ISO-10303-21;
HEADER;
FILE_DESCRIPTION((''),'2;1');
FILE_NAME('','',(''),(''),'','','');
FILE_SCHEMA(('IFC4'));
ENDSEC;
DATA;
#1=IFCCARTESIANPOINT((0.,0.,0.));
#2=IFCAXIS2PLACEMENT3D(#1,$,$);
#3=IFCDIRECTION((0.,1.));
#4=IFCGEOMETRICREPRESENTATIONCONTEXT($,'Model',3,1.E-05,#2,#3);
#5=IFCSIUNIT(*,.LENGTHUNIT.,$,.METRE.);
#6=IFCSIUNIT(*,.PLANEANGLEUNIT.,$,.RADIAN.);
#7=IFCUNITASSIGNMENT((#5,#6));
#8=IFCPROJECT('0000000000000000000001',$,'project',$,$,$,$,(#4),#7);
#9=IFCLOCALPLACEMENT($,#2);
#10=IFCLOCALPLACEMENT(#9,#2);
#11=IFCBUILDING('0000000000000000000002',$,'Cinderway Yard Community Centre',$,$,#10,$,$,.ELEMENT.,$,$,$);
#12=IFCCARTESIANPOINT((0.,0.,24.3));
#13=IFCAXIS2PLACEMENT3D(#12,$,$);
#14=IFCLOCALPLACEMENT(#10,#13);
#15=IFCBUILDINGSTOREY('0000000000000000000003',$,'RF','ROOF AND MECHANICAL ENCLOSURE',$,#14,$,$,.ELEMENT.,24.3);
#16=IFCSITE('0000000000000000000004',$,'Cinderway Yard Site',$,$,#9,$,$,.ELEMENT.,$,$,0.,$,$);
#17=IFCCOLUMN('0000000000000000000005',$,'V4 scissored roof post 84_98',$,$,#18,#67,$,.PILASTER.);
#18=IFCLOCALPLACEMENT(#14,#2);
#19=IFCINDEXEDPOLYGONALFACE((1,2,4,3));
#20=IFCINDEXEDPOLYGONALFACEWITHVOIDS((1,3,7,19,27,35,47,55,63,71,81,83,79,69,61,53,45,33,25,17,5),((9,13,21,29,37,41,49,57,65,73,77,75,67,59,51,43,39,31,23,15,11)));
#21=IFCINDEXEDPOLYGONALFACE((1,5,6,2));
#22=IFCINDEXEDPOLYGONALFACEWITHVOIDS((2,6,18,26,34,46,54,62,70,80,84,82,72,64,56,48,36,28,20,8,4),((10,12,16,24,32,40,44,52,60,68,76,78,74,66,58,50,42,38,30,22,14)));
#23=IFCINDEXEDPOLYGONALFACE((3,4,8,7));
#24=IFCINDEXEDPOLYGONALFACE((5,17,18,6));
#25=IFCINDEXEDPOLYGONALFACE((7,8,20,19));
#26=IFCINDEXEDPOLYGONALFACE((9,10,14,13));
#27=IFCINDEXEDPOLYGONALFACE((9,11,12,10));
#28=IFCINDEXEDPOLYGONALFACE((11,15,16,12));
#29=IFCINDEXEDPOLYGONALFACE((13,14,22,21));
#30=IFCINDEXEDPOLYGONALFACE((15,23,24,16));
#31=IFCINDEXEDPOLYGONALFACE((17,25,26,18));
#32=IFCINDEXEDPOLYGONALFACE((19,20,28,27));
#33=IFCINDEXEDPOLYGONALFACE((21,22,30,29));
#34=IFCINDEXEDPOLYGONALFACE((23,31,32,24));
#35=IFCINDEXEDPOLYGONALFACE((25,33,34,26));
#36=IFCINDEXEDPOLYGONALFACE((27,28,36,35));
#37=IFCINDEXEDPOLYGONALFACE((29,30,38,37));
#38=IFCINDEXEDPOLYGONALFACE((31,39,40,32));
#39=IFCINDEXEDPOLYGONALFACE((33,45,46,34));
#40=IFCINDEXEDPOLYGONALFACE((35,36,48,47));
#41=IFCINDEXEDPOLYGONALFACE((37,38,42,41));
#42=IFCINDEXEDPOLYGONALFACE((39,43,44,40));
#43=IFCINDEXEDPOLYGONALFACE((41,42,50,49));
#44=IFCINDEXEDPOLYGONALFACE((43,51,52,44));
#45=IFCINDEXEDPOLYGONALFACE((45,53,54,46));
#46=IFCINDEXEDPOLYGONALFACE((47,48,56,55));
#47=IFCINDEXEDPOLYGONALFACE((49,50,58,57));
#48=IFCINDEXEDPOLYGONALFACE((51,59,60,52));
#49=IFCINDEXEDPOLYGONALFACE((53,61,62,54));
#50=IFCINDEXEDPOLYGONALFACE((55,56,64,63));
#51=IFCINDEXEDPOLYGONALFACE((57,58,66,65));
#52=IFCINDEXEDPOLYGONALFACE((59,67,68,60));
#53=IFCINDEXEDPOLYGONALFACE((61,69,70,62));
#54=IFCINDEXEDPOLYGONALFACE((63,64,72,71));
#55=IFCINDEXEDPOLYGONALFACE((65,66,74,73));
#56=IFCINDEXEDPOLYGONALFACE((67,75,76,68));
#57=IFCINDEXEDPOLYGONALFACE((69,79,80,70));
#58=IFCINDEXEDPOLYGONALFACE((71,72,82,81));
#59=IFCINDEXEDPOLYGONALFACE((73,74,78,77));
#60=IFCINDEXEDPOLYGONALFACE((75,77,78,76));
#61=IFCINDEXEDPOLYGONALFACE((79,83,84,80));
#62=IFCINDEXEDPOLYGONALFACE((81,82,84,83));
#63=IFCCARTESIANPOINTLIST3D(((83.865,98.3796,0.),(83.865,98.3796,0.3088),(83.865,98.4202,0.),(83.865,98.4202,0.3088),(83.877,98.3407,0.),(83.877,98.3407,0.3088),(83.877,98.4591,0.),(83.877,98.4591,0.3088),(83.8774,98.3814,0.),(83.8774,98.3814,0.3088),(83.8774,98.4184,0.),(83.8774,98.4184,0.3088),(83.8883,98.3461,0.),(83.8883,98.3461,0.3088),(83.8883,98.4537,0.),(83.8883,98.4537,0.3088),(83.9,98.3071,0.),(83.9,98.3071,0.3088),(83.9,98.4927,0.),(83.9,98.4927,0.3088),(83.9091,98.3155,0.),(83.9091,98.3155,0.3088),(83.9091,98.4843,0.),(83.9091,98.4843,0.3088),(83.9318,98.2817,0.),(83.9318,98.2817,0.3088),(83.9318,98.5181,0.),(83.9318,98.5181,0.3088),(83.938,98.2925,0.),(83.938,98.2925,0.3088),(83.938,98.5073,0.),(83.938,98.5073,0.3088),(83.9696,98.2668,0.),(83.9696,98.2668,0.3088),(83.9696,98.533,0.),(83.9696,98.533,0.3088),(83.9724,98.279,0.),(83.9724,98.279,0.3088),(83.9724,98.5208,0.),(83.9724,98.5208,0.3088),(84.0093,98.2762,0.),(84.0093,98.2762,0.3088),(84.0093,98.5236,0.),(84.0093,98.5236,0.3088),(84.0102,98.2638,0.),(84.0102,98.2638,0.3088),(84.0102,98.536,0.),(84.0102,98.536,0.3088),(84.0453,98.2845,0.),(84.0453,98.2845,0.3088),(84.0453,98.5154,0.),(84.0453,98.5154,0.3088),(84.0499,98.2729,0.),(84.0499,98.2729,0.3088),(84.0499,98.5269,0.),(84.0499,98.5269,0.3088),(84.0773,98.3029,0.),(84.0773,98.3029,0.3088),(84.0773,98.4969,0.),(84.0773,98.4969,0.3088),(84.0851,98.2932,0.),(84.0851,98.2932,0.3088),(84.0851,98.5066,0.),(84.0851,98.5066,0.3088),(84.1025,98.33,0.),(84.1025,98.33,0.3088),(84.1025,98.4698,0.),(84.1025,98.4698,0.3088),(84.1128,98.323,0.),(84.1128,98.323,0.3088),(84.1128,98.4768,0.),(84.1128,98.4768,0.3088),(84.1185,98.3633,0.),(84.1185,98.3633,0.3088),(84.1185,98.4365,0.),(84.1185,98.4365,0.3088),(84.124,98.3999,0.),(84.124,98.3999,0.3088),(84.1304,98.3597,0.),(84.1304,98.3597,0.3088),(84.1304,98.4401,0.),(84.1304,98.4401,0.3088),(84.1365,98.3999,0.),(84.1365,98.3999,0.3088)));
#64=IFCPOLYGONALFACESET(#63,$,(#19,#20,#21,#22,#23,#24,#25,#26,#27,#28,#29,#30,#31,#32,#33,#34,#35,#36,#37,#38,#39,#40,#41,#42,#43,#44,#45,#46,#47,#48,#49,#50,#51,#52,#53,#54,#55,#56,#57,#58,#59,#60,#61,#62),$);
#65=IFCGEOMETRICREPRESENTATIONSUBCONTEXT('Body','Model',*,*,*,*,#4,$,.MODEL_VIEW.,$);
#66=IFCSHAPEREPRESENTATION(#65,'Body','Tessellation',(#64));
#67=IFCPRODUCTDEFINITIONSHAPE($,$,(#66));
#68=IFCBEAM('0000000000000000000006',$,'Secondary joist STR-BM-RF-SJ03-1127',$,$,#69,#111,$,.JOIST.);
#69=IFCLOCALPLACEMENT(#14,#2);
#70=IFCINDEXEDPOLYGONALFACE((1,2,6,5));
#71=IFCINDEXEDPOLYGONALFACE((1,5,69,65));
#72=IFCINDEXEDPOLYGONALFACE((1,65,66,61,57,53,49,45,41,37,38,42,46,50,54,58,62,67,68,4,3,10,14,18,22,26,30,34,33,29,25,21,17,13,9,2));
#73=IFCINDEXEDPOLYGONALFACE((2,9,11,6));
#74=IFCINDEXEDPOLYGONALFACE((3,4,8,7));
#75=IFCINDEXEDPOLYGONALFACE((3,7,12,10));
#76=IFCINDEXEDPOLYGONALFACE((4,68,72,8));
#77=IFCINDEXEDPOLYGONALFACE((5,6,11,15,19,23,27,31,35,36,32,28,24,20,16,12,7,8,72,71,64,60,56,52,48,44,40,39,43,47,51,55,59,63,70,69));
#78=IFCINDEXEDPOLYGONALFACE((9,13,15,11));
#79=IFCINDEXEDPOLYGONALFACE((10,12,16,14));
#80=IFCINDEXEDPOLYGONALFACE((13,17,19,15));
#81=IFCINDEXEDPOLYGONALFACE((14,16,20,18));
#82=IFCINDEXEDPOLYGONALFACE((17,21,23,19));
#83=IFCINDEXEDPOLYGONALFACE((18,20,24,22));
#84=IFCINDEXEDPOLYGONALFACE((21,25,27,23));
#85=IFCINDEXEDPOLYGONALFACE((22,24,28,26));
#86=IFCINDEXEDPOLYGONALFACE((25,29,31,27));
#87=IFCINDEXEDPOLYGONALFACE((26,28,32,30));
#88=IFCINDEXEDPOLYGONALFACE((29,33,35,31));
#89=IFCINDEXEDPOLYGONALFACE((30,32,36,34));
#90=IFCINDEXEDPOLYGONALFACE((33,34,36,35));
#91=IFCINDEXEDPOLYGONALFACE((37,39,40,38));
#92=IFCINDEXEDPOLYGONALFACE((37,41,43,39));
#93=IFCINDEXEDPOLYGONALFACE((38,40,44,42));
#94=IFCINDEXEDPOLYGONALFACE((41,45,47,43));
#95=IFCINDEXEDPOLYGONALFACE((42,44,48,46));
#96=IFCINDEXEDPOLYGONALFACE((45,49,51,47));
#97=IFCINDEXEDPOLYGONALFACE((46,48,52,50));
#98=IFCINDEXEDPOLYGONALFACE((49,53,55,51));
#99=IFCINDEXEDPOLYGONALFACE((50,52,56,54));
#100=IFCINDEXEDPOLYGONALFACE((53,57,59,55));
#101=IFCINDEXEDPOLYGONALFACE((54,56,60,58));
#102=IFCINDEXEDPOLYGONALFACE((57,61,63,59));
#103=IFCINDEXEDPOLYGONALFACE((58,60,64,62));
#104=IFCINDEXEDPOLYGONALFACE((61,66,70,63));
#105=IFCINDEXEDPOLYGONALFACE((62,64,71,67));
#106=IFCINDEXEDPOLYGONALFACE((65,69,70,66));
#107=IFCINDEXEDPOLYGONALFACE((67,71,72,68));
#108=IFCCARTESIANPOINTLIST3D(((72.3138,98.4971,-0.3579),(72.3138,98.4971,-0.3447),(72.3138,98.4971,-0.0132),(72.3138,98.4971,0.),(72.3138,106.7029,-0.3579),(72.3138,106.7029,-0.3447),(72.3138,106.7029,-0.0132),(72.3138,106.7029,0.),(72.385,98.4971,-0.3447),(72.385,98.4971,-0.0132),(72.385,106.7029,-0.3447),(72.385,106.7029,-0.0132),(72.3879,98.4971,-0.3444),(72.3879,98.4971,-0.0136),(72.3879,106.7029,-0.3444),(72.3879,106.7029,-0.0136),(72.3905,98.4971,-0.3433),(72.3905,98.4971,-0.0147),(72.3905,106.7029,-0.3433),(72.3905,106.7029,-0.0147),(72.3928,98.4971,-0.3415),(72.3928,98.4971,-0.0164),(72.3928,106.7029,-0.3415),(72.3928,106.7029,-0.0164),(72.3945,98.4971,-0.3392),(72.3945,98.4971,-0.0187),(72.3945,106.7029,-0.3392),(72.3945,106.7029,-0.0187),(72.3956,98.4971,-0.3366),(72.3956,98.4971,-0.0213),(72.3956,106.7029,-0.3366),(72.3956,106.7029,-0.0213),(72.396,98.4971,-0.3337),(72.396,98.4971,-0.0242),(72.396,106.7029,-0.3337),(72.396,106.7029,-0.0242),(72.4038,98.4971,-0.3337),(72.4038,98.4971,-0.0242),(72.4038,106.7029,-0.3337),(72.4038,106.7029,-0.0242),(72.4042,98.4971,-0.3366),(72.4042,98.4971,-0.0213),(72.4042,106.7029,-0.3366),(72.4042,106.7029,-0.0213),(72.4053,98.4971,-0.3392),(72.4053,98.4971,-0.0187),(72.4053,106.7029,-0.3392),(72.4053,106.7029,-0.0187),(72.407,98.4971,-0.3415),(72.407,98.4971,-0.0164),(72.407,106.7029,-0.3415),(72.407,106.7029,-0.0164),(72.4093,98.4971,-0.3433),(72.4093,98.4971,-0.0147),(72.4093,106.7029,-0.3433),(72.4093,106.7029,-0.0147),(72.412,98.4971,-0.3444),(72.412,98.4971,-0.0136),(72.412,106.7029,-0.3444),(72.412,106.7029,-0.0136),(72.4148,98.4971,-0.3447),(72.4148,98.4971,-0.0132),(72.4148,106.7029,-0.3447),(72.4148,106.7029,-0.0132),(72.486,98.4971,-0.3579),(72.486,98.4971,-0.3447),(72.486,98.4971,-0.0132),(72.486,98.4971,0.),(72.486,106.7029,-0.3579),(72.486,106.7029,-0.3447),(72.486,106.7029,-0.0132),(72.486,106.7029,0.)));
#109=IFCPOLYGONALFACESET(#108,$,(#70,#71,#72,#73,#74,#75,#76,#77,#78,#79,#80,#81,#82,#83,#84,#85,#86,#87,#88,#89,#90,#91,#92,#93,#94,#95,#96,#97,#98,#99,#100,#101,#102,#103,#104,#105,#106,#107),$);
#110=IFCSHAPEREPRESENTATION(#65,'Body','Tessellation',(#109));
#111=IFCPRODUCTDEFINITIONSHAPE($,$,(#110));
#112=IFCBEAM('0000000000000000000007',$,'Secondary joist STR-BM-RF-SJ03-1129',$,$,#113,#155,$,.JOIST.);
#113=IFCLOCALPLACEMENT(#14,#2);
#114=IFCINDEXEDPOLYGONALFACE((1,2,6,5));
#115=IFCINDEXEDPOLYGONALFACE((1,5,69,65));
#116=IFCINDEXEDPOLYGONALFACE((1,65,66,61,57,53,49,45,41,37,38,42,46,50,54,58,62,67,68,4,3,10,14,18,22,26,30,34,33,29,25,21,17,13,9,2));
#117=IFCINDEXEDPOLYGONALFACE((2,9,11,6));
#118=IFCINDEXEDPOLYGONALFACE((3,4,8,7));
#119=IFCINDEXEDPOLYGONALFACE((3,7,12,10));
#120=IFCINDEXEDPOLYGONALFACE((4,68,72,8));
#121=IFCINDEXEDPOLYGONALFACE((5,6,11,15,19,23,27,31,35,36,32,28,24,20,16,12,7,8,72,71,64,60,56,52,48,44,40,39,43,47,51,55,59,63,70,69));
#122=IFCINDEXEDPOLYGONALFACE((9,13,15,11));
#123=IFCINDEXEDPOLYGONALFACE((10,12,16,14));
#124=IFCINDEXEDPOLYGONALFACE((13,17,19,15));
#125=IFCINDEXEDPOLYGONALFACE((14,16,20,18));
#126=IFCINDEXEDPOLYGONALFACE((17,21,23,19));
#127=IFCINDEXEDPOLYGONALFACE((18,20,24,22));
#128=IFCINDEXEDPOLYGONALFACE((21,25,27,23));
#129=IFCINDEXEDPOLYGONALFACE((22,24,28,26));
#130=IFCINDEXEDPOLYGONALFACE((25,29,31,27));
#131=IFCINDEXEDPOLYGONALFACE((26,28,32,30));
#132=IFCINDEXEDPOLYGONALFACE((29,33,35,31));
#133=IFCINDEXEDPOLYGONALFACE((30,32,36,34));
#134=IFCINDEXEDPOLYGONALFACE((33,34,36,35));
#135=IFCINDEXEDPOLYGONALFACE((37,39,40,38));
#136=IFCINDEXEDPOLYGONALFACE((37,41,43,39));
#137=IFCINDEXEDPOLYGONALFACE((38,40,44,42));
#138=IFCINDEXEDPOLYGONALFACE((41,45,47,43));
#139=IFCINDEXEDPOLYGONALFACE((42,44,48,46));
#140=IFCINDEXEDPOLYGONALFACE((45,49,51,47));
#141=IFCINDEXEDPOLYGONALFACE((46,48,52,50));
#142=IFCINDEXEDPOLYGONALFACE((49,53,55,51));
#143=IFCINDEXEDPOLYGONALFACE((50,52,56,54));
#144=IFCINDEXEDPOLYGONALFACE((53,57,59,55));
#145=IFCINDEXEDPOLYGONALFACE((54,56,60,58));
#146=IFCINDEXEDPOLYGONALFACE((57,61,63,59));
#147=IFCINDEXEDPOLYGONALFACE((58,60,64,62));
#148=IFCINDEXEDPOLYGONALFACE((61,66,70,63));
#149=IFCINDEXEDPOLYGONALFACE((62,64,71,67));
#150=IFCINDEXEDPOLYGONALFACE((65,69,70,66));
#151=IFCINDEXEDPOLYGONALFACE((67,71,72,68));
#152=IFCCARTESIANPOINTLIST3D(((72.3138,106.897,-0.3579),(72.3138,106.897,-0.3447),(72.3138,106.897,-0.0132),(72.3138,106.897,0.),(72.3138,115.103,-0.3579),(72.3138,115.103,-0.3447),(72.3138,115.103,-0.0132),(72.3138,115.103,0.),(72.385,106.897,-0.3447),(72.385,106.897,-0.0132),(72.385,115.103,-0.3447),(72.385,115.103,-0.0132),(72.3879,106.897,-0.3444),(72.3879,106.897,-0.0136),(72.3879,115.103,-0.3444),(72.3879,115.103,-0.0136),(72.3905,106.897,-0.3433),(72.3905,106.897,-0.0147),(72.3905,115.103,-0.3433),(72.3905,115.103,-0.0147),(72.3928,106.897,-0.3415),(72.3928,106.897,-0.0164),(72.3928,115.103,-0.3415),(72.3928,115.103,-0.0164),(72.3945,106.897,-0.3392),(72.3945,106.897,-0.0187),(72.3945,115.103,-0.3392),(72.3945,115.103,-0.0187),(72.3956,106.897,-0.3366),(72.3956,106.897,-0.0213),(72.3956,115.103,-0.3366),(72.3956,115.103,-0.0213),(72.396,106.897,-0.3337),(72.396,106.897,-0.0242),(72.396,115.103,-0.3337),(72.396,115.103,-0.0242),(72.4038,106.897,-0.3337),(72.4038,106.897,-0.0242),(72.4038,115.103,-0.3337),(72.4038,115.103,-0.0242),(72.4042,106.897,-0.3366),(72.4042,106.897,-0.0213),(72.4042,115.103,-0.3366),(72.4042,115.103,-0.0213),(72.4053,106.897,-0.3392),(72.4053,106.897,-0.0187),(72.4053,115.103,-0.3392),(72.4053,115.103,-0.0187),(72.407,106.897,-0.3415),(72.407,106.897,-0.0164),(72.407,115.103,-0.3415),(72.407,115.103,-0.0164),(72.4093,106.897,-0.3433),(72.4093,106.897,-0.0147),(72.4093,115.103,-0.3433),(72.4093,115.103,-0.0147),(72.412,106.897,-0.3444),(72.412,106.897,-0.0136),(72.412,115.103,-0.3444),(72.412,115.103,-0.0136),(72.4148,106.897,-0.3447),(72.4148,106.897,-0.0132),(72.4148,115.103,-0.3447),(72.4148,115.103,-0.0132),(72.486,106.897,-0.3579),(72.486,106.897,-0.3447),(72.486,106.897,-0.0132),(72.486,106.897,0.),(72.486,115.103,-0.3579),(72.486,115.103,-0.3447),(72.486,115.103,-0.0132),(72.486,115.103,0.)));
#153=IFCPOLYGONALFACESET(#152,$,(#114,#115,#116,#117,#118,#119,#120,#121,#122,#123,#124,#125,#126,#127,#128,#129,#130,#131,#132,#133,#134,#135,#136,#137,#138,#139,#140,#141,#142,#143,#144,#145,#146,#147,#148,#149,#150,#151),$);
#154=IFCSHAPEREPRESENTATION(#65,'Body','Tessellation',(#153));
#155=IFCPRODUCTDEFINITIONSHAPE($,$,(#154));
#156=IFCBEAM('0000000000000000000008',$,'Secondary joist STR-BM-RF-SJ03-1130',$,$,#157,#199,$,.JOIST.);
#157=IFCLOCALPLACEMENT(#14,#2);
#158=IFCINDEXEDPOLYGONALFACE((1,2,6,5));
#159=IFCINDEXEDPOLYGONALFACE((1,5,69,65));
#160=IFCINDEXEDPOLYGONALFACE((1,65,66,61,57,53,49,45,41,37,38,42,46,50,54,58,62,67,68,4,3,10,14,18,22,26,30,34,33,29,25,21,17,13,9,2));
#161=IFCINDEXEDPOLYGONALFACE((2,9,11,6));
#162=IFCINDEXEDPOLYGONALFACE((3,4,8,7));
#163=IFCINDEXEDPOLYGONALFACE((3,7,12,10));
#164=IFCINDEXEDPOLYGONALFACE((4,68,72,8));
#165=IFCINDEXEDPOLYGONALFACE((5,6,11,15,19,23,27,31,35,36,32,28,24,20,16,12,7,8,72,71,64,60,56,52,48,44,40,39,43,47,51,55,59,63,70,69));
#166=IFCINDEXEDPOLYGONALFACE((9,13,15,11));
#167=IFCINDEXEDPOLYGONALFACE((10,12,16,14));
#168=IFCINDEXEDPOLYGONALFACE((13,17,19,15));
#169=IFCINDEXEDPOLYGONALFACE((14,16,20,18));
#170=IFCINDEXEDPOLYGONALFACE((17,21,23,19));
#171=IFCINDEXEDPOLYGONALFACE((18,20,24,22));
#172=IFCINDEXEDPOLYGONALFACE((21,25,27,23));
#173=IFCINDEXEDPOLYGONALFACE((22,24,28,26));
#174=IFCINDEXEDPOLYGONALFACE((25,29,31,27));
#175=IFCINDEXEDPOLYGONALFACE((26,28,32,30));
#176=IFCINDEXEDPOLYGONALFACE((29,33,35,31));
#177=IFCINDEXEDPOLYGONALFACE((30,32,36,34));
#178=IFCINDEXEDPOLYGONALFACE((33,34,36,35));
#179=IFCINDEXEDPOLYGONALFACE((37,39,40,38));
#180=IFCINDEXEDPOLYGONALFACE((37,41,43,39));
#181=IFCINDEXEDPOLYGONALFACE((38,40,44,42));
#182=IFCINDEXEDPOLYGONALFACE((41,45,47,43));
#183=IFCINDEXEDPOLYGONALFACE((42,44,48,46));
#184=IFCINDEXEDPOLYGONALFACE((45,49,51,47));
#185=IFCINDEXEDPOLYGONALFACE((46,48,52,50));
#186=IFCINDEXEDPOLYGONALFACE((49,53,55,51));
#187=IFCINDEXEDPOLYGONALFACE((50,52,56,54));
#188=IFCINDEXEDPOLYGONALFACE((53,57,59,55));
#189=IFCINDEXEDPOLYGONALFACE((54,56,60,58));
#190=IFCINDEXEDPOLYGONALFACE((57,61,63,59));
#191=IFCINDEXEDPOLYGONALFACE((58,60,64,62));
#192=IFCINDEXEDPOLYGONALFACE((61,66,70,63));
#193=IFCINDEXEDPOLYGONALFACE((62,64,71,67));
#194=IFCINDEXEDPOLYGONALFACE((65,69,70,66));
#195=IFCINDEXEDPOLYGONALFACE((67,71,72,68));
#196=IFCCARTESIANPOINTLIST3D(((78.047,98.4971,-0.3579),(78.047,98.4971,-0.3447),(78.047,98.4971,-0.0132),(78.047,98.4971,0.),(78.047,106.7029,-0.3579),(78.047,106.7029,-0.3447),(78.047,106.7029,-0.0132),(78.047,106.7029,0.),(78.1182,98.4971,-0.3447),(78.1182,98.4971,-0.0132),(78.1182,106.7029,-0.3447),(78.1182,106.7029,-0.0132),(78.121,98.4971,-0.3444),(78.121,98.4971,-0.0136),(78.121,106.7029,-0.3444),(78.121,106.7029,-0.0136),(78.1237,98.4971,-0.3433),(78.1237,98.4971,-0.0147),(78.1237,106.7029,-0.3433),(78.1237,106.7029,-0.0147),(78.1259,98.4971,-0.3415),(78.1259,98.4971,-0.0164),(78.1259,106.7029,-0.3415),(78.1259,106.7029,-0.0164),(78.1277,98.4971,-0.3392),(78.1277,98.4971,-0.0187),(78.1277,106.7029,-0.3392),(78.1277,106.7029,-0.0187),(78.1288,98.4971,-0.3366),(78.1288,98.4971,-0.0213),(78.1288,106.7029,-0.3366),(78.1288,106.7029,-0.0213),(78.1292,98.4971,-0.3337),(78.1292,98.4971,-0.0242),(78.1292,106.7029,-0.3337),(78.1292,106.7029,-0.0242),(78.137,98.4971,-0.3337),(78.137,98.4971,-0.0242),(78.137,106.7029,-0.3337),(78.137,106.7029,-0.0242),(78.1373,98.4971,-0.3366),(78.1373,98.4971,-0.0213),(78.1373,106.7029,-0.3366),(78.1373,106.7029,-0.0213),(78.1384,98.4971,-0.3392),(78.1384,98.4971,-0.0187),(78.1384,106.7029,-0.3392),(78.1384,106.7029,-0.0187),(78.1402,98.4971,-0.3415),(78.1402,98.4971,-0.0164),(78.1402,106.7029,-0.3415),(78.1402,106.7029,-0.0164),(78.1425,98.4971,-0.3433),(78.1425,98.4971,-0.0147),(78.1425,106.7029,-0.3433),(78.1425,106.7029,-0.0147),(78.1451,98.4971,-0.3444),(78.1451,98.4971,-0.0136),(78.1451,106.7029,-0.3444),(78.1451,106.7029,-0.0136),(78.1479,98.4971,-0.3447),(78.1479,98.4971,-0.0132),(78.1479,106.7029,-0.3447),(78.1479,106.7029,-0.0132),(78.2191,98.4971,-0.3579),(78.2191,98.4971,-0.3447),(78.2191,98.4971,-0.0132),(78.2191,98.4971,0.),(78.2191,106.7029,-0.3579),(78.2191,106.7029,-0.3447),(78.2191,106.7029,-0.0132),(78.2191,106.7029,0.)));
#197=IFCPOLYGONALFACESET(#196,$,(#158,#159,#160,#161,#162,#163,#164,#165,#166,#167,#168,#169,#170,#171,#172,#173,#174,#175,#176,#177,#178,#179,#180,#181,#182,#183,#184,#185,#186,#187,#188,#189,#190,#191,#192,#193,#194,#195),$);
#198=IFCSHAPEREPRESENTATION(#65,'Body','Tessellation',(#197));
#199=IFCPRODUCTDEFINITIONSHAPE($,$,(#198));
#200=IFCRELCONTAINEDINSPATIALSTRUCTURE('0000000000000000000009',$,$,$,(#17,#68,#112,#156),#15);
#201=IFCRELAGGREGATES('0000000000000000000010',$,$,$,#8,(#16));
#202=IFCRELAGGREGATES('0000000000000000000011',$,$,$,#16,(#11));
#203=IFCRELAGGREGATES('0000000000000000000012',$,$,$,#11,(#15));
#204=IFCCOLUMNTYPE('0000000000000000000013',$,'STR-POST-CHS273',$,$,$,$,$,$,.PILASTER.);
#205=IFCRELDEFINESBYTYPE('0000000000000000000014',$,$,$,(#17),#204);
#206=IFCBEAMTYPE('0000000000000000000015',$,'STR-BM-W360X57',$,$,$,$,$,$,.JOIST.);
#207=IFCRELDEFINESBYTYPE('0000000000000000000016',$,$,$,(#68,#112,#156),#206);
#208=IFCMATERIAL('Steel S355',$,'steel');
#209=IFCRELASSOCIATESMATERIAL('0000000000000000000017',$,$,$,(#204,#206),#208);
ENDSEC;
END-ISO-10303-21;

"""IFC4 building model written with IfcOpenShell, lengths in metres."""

from ifc_helpers import new_model, si_unit, direction, frame, origin, origin_2d, place, context, subcontext, project, spatial, hollow_circle, i_section, extrude, material, material_profile, profile_set, type_object, element, save


model = new_model("IFC4")

# Units and contexts
model_context = context("Model", 3, precision=1e-05, world=origin(), true_north=direction((0.0, 1.0)))
body_context = subcontext(model_context, "Body", "Model", "MODEL_VIEW")
ifc_project = project(units=[si_unit("LENGTHUNIT", "METRE"), si_unit("PLANEANGLEUNIT", "RADIAN")], contexts=[model_context])

# Site, building, storey
site_placement = place(None, origin())
site = spatial("IfcSite", under=ifc_project, at=site_placement, Name="Cinderway Yard Site", CompositionType="ELEMENT", RefElevation=0.0)
building_placement = place(site_placement, origin())
building = spatial("IfcBuilding", under=site, at=building_placement, Name="Cinderway Yard Community Centre", CompositionType="ELEMENT")
storey_placement = place(building_placement, frame((0.0, 0.0, 24.3)))
storey = spatial("IfcBuildingStorey", under=building, at=storey_placement, Name="RF", Description="ROOF AND MECHANICAL ENCLOSURE", CompositionType="ELEMENT", Elevation=24.3)

# Column
ifc_material = material(Name="Steel S355", Category="steel")
ifc_material_profile_1 = material_profile(ifc_material, hollow_circle(Radius=0.1365, WallThickness=0.0125, at=origin_2d()), Name="Steel S355")
ifc_profile_set_1 = profile_set([ifc_material_profile_1], Name="Steel S355")
column_type = type_object("IfcColumnType", Name="STR-POST-CHS273", PredefinedType="PILASTER", material=ifc_profile_set_1)
column_1_placement = place(storey_placement, frame((84.0, 98.3999, 0.0), z_axis=(0.0, 0.0, 1.0), x_axis=(1.0, 0.0, 0.0)))
element("IfcColumn", 1, at=column_1_placement, inside=storey, type_object=column_type, Name="V4 scissored roof post 84_98", PredefinedType="PILASTER", context=body_context, shape_type="SweptSolid", body=[
    extrude(hollow_circle(Radius=0.1365, WallThickness=0.0125, at=origin_2d()), origin(), (0.0, 0.0, 1.0), 0.3088),
])

# Beams
ifc_material_profile_2 = material_profile(ifc_material, i_section(OverallWidth=0.1721, OverallDepth=0.3579, WebThickness=0.0078, FlangeThickness=0.0132, FilletRadius=0.011, at=origin_2d()), Name="Steel S355")
ifc_profile_set_2 = profile_set([ifc_material_profile_2], Name="Steel S355")
beam_type_1 = type_object("IfcBeamType", Name="STR-BM-W360X57", PredefinedType="JOIST", material=ifc_profile_set_2)
beam_1_placement = place(storey_placement, frame((72.3999, 98.4971, -0.179), z_axis=(0.0, 1.0, 0.0), x_axis=(-1.0, 0.0, 0.0)))
element("IfcBeam", 2, at=beam_1_placement, inside=storey, type_object=beam_type_1, Name="Secondary joist STR-BM-RF-SJ03-1127", PredefinedType="JOIST", context=body_context, shape_type="SweptSolid", body=[
    extrude(i_section(OverallWidth=0.1721, OverallDepth=0.3579, WebThickness=0.0078, FlangeThickness=0.0132, FilletRadius=0.011, at=origin_2d()), origin(), (0.0, 0.0, 1.0), 8.2058),
])
beam_2_placement = place(storey_placement, frame((72.3999, 106.897, -0.179), z_axis=(0.0, 1.0, 0.0), x_axis=(-1.0, 0.0, 0.0)))
element("IfcBeam", 3, at=beam_2_placement, inside=storey, type_object=beam_type_1, Name="Secondary joist STR-BM-RF-SJ03-1129", PredefinedType="JOIST", context=body_context, shape_type="SweptSolid", body=[
    extrude(i_section(OverallWidth=0.1721, OverallDepth=0.3579, WebThickness=0.0078, FlangeThickness=0.0132, FilletRadius=0.011, at=origin_2d()), origin(), (0.0, 0.0, 1.0), 8.2061),
])
for number, where, z_axis, x_axis, name in (
    (4, (78.1331, 98.4971, -0.179), (0.0, 1.0, 0.0), (-1.0, 0.0, 0.0), "Secondary joist STR-BM-RF-SJ03-1130"),
):
    element("IfcBeam", number, at=place(storey_placement, frame(where, z_axis=z_axis, x_axis=x_axis)), inside=storey, type_object=beam_type_1, Name=name, PredefinedType="JOIST", context=body_context, shape_type="SweptSolid", body=[
        extrude(i_section(OverallWidth=0.1721, OverallDepth=0.3579, WebThickness=0.0078, FlangeThickness=0.0132, FilletRadius=0.011, at=origin_2d()), origin(), (0.0, 0.0, 1.0), 8.2058),
    ])

save(model, "model.ifc")
